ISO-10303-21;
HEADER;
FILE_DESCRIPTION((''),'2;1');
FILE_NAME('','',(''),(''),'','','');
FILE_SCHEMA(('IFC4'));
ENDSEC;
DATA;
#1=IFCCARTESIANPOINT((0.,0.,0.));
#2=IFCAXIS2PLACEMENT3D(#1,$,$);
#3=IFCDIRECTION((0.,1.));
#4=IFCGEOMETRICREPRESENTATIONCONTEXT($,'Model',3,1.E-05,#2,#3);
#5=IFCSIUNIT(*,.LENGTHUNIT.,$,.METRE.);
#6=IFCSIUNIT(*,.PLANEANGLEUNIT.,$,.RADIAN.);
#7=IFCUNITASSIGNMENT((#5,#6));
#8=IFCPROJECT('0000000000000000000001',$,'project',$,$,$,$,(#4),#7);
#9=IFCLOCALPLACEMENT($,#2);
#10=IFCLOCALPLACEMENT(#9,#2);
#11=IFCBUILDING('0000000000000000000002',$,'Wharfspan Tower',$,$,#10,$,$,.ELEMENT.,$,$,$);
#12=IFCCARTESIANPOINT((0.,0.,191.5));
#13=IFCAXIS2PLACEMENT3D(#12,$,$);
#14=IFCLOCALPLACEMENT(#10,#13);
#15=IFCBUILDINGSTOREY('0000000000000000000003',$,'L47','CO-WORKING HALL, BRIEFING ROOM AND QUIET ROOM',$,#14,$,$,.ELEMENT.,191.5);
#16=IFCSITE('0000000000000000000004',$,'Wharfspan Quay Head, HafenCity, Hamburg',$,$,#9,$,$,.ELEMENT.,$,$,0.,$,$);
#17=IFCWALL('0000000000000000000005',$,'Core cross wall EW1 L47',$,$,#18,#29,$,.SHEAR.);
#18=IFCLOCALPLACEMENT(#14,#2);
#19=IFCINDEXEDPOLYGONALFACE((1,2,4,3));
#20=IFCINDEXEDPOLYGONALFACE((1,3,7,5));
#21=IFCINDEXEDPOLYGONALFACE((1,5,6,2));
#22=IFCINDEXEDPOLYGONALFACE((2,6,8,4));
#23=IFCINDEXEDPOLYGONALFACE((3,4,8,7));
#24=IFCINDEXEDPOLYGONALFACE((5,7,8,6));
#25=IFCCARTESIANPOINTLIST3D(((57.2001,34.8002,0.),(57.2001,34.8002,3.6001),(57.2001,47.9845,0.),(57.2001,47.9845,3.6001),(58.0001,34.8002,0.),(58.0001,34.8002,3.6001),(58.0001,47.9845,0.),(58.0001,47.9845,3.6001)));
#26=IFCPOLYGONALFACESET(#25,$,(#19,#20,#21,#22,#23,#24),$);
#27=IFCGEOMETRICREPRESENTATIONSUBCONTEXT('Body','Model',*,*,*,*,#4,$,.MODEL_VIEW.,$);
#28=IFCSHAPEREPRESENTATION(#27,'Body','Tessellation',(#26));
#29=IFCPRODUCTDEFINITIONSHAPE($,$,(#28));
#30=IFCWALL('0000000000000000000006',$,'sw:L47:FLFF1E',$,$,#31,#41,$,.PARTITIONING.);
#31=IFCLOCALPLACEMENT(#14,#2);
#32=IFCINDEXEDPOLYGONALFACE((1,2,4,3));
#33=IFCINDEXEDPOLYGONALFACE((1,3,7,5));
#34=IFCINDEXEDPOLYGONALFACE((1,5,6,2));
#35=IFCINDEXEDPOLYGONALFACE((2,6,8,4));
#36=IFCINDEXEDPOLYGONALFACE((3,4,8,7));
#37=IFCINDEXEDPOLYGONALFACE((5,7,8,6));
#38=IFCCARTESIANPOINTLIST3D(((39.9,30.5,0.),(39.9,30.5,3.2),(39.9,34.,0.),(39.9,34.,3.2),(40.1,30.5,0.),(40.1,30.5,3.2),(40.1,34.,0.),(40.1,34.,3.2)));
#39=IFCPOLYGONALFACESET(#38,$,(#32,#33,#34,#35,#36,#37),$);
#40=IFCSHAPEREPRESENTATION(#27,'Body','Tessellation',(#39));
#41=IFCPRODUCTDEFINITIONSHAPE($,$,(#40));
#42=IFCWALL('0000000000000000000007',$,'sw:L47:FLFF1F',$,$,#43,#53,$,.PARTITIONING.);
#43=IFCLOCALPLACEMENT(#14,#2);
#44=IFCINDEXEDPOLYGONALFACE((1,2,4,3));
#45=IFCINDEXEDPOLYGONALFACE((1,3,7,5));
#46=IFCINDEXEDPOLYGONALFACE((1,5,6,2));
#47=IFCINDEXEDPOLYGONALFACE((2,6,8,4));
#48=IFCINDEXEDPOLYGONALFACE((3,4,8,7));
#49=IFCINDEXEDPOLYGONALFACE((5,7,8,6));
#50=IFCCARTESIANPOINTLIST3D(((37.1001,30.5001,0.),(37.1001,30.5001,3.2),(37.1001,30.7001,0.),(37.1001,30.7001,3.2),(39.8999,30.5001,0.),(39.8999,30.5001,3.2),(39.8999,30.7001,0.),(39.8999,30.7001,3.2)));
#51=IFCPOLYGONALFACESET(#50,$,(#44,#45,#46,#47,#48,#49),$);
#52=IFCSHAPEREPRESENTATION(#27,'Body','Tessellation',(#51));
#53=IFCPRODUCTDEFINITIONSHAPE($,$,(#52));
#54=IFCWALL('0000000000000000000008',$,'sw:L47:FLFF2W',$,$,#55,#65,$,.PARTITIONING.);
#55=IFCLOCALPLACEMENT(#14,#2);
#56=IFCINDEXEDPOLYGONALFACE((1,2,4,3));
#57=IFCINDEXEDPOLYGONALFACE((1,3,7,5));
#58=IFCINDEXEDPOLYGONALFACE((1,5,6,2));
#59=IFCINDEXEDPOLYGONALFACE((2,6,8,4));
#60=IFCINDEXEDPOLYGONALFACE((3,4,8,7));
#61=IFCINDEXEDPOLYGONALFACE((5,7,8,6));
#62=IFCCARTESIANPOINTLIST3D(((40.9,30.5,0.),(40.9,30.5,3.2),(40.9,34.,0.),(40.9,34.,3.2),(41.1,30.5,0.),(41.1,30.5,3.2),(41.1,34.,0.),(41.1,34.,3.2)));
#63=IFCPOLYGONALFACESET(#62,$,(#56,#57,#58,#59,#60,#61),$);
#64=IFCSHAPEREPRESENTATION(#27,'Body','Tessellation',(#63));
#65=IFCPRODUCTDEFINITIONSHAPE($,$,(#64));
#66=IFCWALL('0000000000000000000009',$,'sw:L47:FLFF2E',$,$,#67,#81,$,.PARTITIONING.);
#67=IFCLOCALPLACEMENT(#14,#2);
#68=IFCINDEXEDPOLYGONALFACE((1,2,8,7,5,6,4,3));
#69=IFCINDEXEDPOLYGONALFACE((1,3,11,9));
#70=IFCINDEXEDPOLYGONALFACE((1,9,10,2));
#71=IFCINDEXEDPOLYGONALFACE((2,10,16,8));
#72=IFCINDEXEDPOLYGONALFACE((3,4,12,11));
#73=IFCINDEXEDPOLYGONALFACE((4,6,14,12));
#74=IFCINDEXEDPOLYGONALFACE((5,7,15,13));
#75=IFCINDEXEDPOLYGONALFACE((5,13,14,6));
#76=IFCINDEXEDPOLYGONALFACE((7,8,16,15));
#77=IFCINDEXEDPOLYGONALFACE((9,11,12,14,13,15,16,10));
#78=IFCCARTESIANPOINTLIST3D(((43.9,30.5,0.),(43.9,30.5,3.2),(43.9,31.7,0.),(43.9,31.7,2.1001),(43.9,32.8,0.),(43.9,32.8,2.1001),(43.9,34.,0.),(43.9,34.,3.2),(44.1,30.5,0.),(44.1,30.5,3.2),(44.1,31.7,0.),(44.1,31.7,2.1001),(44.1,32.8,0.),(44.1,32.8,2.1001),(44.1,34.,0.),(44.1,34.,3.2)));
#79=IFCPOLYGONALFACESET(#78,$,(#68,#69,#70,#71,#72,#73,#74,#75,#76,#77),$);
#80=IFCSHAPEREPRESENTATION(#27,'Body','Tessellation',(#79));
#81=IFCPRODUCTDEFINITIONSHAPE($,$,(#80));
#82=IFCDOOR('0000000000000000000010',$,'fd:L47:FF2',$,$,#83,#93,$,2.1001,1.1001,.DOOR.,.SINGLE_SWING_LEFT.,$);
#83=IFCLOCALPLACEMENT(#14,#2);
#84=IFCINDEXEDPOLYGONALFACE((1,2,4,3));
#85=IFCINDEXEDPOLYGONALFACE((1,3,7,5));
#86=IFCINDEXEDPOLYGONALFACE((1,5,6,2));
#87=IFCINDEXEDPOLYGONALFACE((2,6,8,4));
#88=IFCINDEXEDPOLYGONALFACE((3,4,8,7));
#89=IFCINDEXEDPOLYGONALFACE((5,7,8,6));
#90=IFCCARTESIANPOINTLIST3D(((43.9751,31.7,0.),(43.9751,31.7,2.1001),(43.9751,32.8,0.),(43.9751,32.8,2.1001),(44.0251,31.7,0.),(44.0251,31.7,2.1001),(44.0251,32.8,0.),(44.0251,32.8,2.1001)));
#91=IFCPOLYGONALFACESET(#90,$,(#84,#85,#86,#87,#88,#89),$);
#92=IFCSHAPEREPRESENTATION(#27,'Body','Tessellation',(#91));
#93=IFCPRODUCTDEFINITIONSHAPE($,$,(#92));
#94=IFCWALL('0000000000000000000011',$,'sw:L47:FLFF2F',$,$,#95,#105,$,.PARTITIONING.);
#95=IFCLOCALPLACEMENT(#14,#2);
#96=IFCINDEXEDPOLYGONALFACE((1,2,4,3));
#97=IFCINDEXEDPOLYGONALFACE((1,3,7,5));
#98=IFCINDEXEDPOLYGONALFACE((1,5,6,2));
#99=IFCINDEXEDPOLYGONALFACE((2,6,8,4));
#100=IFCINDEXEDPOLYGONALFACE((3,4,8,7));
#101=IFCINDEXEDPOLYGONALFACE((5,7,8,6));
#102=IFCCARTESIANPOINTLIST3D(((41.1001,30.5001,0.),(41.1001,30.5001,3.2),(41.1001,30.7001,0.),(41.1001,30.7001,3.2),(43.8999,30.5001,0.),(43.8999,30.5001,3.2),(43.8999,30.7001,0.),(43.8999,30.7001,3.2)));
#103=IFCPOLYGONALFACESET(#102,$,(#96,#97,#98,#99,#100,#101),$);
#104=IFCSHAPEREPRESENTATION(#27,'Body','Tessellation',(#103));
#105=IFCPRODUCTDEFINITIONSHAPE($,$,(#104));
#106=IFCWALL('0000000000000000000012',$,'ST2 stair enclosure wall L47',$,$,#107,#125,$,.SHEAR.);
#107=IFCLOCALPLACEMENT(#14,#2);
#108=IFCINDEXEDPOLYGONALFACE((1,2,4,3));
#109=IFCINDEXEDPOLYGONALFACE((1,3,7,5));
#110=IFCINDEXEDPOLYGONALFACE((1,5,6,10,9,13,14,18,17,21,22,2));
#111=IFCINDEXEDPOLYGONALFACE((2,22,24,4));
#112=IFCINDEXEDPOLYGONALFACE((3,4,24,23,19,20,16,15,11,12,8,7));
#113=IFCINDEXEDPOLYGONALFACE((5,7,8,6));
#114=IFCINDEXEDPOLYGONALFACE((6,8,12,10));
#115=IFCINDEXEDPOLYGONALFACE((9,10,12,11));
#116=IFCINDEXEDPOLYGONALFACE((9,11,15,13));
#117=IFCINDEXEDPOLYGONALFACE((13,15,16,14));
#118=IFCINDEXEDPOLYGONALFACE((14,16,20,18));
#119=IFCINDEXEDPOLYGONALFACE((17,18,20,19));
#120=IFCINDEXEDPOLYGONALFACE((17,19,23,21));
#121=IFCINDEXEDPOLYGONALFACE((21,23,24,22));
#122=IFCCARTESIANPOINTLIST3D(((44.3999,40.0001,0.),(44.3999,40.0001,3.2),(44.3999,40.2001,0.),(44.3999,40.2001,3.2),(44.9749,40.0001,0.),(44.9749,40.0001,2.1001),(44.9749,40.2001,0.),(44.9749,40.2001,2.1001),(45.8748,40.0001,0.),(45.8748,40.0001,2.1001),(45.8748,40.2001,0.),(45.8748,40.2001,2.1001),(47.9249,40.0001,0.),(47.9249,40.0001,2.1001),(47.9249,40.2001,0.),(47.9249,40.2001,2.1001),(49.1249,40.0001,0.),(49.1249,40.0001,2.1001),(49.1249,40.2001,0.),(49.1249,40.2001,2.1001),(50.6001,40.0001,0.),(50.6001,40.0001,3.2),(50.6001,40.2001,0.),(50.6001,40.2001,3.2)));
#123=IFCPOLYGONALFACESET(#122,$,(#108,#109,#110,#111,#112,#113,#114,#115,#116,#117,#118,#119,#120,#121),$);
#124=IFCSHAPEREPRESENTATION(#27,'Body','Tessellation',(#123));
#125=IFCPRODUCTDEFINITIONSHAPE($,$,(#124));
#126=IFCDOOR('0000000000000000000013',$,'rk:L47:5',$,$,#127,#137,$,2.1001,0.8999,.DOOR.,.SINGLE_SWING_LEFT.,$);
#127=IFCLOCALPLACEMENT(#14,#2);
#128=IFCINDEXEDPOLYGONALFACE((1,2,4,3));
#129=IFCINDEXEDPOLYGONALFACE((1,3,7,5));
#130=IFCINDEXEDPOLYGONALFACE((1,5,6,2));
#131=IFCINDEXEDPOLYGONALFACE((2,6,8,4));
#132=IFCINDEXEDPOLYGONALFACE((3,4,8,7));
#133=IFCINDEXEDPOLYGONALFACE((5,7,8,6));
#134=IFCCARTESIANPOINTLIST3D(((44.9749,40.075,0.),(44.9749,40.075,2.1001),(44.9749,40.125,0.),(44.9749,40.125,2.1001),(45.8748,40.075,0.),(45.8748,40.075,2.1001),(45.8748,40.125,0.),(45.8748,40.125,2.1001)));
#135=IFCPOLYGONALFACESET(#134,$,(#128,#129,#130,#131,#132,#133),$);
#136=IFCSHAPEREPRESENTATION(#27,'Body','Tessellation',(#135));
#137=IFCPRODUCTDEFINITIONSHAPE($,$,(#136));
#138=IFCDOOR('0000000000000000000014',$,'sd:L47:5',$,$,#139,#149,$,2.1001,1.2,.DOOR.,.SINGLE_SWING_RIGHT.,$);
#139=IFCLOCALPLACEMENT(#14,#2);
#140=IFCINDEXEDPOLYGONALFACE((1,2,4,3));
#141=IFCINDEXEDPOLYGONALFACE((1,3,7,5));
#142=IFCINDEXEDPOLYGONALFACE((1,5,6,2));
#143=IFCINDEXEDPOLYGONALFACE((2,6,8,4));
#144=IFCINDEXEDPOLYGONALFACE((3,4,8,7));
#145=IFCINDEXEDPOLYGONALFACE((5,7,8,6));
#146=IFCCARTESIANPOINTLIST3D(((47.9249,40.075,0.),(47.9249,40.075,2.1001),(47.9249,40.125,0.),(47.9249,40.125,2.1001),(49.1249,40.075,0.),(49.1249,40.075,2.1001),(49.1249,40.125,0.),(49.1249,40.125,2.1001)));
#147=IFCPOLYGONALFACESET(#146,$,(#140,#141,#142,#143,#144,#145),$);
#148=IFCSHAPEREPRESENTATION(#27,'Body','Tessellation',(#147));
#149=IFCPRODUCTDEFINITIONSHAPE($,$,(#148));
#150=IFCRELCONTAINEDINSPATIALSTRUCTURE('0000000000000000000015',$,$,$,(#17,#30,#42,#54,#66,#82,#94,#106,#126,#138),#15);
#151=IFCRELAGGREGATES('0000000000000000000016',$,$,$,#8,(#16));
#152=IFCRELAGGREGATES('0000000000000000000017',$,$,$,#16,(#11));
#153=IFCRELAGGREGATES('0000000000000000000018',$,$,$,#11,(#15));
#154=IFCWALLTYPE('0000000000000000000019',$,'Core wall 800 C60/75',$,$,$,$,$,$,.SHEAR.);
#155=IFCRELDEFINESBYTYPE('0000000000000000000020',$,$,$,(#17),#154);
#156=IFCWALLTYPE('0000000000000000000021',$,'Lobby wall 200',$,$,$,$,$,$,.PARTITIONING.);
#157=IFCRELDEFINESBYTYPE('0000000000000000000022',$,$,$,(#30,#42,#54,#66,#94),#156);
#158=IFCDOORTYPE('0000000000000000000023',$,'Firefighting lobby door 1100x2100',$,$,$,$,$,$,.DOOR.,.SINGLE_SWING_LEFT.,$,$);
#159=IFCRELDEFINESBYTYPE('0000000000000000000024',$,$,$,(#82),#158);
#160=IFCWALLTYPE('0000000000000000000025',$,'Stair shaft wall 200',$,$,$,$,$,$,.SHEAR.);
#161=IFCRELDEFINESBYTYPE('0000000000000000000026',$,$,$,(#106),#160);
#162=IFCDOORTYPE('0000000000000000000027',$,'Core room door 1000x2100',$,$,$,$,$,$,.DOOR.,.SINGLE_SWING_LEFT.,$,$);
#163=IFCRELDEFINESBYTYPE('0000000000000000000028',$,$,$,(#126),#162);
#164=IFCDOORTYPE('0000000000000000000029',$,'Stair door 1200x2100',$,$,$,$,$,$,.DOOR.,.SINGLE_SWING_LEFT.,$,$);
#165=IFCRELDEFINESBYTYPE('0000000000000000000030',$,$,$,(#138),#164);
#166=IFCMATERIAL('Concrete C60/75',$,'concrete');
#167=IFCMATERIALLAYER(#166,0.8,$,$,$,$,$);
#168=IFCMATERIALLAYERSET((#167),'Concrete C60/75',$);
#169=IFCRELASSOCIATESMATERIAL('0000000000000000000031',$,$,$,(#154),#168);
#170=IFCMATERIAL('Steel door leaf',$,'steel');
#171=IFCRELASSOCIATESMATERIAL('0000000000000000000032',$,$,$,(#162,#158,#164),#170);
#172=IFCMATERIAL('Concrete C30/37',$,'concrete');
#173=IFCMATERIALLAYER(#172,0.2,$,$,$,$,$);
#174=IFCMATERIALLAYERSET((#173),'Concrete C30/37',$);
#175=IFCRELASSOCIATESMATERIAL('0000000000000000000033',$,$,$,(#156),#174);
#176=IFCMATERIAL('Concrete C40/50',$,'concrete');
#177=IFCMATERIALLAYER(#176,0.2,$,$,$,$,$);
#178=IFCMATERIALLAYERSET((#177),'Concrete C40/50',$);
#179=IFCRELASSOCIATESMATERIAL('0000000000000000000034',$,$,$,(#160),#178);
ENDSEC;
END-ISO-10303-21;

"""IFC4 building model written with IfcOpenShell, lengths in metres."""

from ifc_helpers import new_model, si_unit, direction, frame, frame_2d, origin, place, context, subcontext, project, spatial, rectangle, extrude, material, layer, layer_set, type_object, element, fill, save


model = new_model("IFC4")

# Units and contexts
model_context = context("Model", 3, precision=1e-05, world=origin(), true_north=direction((0.0, 1.0)))
body_context = subcontext(model_context, "Body", "Model", "MODEL_VIEW")
ifc_project = project(units=[si_unit("LENGTHUNIT", "METRE"), si_unit("PLANEANGLEUNIT", "RADIAN")], contexts=[model_context])

# Site, building, storey
site_placement = place(None, origin())
site = spatial("IfcSite", under=ifc_project, at=site_placement, Name="Wharfspan Quay Head, HafenCity, Hamburg", CompositionType="ELEMENT", RefElevation=0.0)
building_placement = place(site_placement, origin())
building = spatial("IfcBuilding", under=site, at=building_placement, Name="Wharfspan Tower", CompositionType="ELEMENT")
storey_placement = place(building_placement, frame((0.0, 0.0, 191.5)))
storey = spatial("IfcBuildingStorey", under=building, at=storey_placement, Name="L47", Description="CO-WORKING HALL, BRIEFING ROOM AND QUIET ROOM", CompositionType="ELEMENT", Elevation=191.5)

# Shared definitions
ifc_material_1 = material(Name="Concrete C60/75", Category="concrete")
ifc_layer_1 = layer(ifc_material_1, 0.8)
ifc_layer_set_1 = layer_set([ifc_layer_1], Name="Concrete C60/75")
wall_type_1 = type_object("IfcWallType", Name="Core wall 800 C60/75", PredefinedType="SHEAR", material=ifc_layer_set_1)
ifc_material_2 = material(Name="Steel door leaf", Category="steel")
door_type_1 = type_object("IfcDoorType", Name="Core room door 1000x2100", OperationType="SINGLE_SWING_LEFT", PredefinedType="DOOR", material=ifc_material_2)

# Walls
wall_1_placement = place(storey_placement, frame((57.6001, 34.8, 0.0), z_axis=(0.0, 0.0, 1.0), x_axis=(0.0, 1.0, 0.0)))
element("IfcWall", 1, at=wall_1_placement, inside=storey, type_object=wall_type_1, Name="Core cross wall EW1 L47", PredefinedType="SHEAR", context=body_context, shape_type="SweptSolid", body=[
    extrude(rectangle(XDim=13.1843, YDim=0.8, at=frame_2d((6.5923, 0.0))), origin(), (0.0, 0.0, 1.0), 3.6001),
])
ifc_material_3 = material(Name="Concrete C30/37", Category="concrete")
ifc_layer_2 = layer(ifc_material_3, 0.2)
ifc_layer_set_2 = layer_set([ifc_layer_2], Name="Concrete C30/37")
wall_type_2 = type_object("IfcWallType", Name="Lobby wall 200", PredefinedType="PARTITIONING", material=ifc_layer_set_2)
wall_2_placement = place(storey_placement, frame((40.0, 30.5, 0.0), z_axis=(0.0, 0.0, 1.0), x_axis=(0.0, 1.0, 0.0)))
element("IfcWall", 2, at=wall_2_placement, inside=storey, type_object=wall_type_2, Name="sw:L47:FLFF1E", PredefinedType="PARTITIONING", context=body_context, shape_type="SweptSolid", body=[
    extrude(rectangle(XDim=3.5, YDim=0.2, at=frame_2d((1.75, 0.0))), origin(), (0.0, 0.0, 1.0), 3.2),
])
wall_3_placement = place(storey_placement, frame((37.1001, 30.6001, 0.0), z_axis=(0.0, 0.0, 1.0), x_axis=(1.0, 0.0, 0.0)))
element("IfcWall", 3, at=wall_3_placement, inside=storey, type_object=wall_type_2, Name="sw:L47:FLFF1F", PredefinedType="PARTITIONING", context=body_context, shape_type="SweptSolid", body=[
    extrude(rectangle(XDim=2.7998, YDim=0.2, at=frame_2d((1.3999, 0.0))), origin(), (0.0, 0.0, 1.0), 3.2),
])
wall_4_placement = place(storey_placement, frame((41.0, 30.5, 0.0), z_axis=(0.0, 0.0, 1.0), x_axis=(0.0, 1.0, 0.0)))
element("IfcWall", 4, at=wall_4_placement, inside=storey, type_object=wall_type_2, Name="sw:L47:FLFF2W", PredefinedType="PARTITIONING", context=body_context, shape_type="SweptSolid", body=[
    extrude(rectangle(XDim=3.5, YDim=0.2, at=frame_2d((1.75, 0.0))), origin(), (0.0, 0.0, 1.0), 3.2),
])

# Wall, opening, door
wall_5_placement = place(storey_placement, frame((44.0, 30.5, 0.0), z_axis=(0.0, 0.0, 1.0), x_axis=(0.0, 1.0, 0.0)))
wall_5 = element("IfcWall", 5, at=wall_5_placement, inside=storey, type_object=wall_type_2, Name="sw:L47:FLFF2E", PredefinedType="PARTITIONING", context=body_context, shape_type="SweptSolid", body=[
    extrude(rectangle(XDim=3.5, YDim=0.2, at=frame_2d((1.75, 0.0))), origin(), (0.0, 0.0, 1.0), 3.2),
])
opening_1_placement = place(wall_5_placement, frame((1.2, 0.0, 0.0)))
opening_1 = element("IfcOpeningElement", 6, at=opening_1_placement, cuts=wall_5, PredefinedType="OPENING", context=body_context, shape_type="SweptSolid", body=[
    extrude(rectangle(XDim=1.1001, YDim=2.1001, at=frame_2d((0.55, 1.05))), frame((0.0, 0.1099, 0.0), z_axis=(0.0, -1.0, 0.0), x_axis=(1.0, 0.0, 0.0)), (0.0, 0.0, 1.0), 0.22),
])
door_type_2 = type_object("IfcDoorType", Name="Firefighting lobby door 1100x2100", OperationType="SINGLE_SWING_LEFT", PredefinedType="DOOR", material=ifc_material_2)
door_1_placement = place(opening_1_placement, origin())
door_1 = element("IfcDoor", 7, at=door_1_placement, inside=storey, type_object=door_type_2, Name="fd:L47:FF2", OperationType="SINGLE_SWING_LEFT", OverallHeight=2.1001, OverallWidth=1.1001, PredefinedType="DOOR", context=body_context, shape_type="SweptSolid", body=[
    extrude(rectangle(XDim=1.1001, YDim=2.1001, at=frame_2d((0.55, 1.05))), frame((0.0, 0.0249, 0.0), z_axis=(0.0, -1.0, 0.0), x_axis=(1.0, 0.0, 0.0)), (0.0, 0.0, 1.0), 0.05),
])
fill(opening_1, door_1)

# Wall
wall_6_placement = place(storey_placement, frame((41.1001, 30.6001, 0.0), z_axis=(0.0, 0.0, 1.0), x_axis=(1.0, 0.0, 0.0)))
element("IfcWall", 8, at=wall_6_placement, inside=storey, type_object=wall_type_2, Name="sw:L47:FLFF2F", PredefinedType="PARTITIONING", context=body_context, shape_type="SweptSolid", body=[
    extrude(rectangle(XDim=2.7998, YDim=0.2, at=frame_2d((1.3999, 0.0))), origin(), (0.0, 0.0, 1.0), 3.2),
])

# Wall, openings, doors
ifc_material_4 = material(Name="Concrete C40/50", Category="concrete")
ifc_layer_3 = layer(ifc_material_4, 0.2)
ifc_layer_set_3 = layer_set([ifc_layer_3], Name="Concrete C40/50")
wall_type_3 = type_object("IfcWallType", Name="Stair shaft wall 200", PredefinedType="SHEAR", material=ifc_layer_set_3)
wall_7_placement = place(storey_placement, frame((44.3999, 40.1001, 0.0), z_axis=(0.0, 0.0, 1.0), x_axis=(1.0, 0.0, 0.0)))
wall_7 = element("IfcWall", 9, at=wall_7_placement, inside=storey, type_object=wall_type_3, Name="ST2 stair enclosure wall L47", PredefinedType="SHEAR", context=body_context, shape_type="SweptSolid", body=[
    extrude(rectangle(XDim=6.2002, YDim=0.2, at=frame_2d((3.1001, 0.0))), origin(), (0.0, 0.0, 1.0), 3.2),
])
opening_2_placement = place(wall_7_placement, frame((3.5249, 0.0, 0.0)))
opening_2 = element("IfcOpeningElement", 10, at=opening_2_placement, cuts=wall_7, PredefinedType="OPENING", context=body_context, shape_type="SweptSolid", body=[
    extrude(rectangle(XDim=1.2, YDim=2.1001, at=frame_2d((0.6001, 1.05))), frame((0.0, 0.1099, 0.0), z_axis=(0.0, -1.0, 0.0), x_axis=(1.0, 0.0, 0.0)), (0.0, 0.0, 1.0), 0.22),
])
opening_3_placement = place(wall_7_placement, frame((0.575, 0.0, 0.0)))
opening_3 = element("IfcOpeningElement", 11, at=opening_3_placement, cuts=wall_7, PredefinedType="OPENING", context=body_context, shape_type="SweptSolid", body=[
    extrude(rectangle(XDim=0.8999, YDim=2.1001, at=frame_2d((0.45, 1.05))), frame((0.0, 0.1099, 0.0), z_axis=(0.0, -1.0, 0.0), x_axis=(1.0, 0.0, 0.0)), (0.0, 0.0, 1.0), 0.22),
])
door_2_placement = place(opening_3_placement, origin())
door_2 = element("IfcDoor", 12, at=door_2_placement, inside=storey, type_object=door_type_1, Name="rk:L47:5", OperationType="SINGLE_SWING_LEFT", OverallHeight=2.1001, OverallWidth=0.8999, PredefinedType="DOOR", context=body_context, shape_type="SweptSolid", body=[
    extrude(rectangle(XDim=0.8999, YDim=2.1001, at=frame_2d((0.45, 1.05))), frame((0.0, 0.0249, 0.0), z_axis=(0.0, -1.0, 0.0), x_axis=(1.0, 0.0, 0.0)), (0.0, 0.0, 1.0), 0.05),
])
fill(opening_3, door_2)
door_type_3 = type_object("IfcDoorType", Name="Stair door 1200x2100", OperationType="SINGLE_SWING_LEFT", PredefinedType="DOOR", material=ifc_material_2)
door_3_placement = place(opening_2_placement, origin())
door_3 = element("IfcDoor", 13, at=door_3_placement, inside=storey, type_object=door_type_3, Name="sd:L47:5", OperationType="SINGLE_SWING_RIGHT", OverallHeight=2.1001, OverallWidth=1.2, PredefinedType="DOOR", context=body_context, shape_type="SweptSolid", body=[
    extrude(rectangle(XDim=1.2, YDim=2.1001, at=frame_2d((0.6001, 1.05))), frame((0.0, 0.0249, 0.0), z_axis=(0.0, -1.0, 0.0), x_axis=(1.0, 0.0, 0.0)), (0.0, 0.0, 1.0), 0.05),
])
fill(opening_2, door_3)

save(model, "model.ifc")
